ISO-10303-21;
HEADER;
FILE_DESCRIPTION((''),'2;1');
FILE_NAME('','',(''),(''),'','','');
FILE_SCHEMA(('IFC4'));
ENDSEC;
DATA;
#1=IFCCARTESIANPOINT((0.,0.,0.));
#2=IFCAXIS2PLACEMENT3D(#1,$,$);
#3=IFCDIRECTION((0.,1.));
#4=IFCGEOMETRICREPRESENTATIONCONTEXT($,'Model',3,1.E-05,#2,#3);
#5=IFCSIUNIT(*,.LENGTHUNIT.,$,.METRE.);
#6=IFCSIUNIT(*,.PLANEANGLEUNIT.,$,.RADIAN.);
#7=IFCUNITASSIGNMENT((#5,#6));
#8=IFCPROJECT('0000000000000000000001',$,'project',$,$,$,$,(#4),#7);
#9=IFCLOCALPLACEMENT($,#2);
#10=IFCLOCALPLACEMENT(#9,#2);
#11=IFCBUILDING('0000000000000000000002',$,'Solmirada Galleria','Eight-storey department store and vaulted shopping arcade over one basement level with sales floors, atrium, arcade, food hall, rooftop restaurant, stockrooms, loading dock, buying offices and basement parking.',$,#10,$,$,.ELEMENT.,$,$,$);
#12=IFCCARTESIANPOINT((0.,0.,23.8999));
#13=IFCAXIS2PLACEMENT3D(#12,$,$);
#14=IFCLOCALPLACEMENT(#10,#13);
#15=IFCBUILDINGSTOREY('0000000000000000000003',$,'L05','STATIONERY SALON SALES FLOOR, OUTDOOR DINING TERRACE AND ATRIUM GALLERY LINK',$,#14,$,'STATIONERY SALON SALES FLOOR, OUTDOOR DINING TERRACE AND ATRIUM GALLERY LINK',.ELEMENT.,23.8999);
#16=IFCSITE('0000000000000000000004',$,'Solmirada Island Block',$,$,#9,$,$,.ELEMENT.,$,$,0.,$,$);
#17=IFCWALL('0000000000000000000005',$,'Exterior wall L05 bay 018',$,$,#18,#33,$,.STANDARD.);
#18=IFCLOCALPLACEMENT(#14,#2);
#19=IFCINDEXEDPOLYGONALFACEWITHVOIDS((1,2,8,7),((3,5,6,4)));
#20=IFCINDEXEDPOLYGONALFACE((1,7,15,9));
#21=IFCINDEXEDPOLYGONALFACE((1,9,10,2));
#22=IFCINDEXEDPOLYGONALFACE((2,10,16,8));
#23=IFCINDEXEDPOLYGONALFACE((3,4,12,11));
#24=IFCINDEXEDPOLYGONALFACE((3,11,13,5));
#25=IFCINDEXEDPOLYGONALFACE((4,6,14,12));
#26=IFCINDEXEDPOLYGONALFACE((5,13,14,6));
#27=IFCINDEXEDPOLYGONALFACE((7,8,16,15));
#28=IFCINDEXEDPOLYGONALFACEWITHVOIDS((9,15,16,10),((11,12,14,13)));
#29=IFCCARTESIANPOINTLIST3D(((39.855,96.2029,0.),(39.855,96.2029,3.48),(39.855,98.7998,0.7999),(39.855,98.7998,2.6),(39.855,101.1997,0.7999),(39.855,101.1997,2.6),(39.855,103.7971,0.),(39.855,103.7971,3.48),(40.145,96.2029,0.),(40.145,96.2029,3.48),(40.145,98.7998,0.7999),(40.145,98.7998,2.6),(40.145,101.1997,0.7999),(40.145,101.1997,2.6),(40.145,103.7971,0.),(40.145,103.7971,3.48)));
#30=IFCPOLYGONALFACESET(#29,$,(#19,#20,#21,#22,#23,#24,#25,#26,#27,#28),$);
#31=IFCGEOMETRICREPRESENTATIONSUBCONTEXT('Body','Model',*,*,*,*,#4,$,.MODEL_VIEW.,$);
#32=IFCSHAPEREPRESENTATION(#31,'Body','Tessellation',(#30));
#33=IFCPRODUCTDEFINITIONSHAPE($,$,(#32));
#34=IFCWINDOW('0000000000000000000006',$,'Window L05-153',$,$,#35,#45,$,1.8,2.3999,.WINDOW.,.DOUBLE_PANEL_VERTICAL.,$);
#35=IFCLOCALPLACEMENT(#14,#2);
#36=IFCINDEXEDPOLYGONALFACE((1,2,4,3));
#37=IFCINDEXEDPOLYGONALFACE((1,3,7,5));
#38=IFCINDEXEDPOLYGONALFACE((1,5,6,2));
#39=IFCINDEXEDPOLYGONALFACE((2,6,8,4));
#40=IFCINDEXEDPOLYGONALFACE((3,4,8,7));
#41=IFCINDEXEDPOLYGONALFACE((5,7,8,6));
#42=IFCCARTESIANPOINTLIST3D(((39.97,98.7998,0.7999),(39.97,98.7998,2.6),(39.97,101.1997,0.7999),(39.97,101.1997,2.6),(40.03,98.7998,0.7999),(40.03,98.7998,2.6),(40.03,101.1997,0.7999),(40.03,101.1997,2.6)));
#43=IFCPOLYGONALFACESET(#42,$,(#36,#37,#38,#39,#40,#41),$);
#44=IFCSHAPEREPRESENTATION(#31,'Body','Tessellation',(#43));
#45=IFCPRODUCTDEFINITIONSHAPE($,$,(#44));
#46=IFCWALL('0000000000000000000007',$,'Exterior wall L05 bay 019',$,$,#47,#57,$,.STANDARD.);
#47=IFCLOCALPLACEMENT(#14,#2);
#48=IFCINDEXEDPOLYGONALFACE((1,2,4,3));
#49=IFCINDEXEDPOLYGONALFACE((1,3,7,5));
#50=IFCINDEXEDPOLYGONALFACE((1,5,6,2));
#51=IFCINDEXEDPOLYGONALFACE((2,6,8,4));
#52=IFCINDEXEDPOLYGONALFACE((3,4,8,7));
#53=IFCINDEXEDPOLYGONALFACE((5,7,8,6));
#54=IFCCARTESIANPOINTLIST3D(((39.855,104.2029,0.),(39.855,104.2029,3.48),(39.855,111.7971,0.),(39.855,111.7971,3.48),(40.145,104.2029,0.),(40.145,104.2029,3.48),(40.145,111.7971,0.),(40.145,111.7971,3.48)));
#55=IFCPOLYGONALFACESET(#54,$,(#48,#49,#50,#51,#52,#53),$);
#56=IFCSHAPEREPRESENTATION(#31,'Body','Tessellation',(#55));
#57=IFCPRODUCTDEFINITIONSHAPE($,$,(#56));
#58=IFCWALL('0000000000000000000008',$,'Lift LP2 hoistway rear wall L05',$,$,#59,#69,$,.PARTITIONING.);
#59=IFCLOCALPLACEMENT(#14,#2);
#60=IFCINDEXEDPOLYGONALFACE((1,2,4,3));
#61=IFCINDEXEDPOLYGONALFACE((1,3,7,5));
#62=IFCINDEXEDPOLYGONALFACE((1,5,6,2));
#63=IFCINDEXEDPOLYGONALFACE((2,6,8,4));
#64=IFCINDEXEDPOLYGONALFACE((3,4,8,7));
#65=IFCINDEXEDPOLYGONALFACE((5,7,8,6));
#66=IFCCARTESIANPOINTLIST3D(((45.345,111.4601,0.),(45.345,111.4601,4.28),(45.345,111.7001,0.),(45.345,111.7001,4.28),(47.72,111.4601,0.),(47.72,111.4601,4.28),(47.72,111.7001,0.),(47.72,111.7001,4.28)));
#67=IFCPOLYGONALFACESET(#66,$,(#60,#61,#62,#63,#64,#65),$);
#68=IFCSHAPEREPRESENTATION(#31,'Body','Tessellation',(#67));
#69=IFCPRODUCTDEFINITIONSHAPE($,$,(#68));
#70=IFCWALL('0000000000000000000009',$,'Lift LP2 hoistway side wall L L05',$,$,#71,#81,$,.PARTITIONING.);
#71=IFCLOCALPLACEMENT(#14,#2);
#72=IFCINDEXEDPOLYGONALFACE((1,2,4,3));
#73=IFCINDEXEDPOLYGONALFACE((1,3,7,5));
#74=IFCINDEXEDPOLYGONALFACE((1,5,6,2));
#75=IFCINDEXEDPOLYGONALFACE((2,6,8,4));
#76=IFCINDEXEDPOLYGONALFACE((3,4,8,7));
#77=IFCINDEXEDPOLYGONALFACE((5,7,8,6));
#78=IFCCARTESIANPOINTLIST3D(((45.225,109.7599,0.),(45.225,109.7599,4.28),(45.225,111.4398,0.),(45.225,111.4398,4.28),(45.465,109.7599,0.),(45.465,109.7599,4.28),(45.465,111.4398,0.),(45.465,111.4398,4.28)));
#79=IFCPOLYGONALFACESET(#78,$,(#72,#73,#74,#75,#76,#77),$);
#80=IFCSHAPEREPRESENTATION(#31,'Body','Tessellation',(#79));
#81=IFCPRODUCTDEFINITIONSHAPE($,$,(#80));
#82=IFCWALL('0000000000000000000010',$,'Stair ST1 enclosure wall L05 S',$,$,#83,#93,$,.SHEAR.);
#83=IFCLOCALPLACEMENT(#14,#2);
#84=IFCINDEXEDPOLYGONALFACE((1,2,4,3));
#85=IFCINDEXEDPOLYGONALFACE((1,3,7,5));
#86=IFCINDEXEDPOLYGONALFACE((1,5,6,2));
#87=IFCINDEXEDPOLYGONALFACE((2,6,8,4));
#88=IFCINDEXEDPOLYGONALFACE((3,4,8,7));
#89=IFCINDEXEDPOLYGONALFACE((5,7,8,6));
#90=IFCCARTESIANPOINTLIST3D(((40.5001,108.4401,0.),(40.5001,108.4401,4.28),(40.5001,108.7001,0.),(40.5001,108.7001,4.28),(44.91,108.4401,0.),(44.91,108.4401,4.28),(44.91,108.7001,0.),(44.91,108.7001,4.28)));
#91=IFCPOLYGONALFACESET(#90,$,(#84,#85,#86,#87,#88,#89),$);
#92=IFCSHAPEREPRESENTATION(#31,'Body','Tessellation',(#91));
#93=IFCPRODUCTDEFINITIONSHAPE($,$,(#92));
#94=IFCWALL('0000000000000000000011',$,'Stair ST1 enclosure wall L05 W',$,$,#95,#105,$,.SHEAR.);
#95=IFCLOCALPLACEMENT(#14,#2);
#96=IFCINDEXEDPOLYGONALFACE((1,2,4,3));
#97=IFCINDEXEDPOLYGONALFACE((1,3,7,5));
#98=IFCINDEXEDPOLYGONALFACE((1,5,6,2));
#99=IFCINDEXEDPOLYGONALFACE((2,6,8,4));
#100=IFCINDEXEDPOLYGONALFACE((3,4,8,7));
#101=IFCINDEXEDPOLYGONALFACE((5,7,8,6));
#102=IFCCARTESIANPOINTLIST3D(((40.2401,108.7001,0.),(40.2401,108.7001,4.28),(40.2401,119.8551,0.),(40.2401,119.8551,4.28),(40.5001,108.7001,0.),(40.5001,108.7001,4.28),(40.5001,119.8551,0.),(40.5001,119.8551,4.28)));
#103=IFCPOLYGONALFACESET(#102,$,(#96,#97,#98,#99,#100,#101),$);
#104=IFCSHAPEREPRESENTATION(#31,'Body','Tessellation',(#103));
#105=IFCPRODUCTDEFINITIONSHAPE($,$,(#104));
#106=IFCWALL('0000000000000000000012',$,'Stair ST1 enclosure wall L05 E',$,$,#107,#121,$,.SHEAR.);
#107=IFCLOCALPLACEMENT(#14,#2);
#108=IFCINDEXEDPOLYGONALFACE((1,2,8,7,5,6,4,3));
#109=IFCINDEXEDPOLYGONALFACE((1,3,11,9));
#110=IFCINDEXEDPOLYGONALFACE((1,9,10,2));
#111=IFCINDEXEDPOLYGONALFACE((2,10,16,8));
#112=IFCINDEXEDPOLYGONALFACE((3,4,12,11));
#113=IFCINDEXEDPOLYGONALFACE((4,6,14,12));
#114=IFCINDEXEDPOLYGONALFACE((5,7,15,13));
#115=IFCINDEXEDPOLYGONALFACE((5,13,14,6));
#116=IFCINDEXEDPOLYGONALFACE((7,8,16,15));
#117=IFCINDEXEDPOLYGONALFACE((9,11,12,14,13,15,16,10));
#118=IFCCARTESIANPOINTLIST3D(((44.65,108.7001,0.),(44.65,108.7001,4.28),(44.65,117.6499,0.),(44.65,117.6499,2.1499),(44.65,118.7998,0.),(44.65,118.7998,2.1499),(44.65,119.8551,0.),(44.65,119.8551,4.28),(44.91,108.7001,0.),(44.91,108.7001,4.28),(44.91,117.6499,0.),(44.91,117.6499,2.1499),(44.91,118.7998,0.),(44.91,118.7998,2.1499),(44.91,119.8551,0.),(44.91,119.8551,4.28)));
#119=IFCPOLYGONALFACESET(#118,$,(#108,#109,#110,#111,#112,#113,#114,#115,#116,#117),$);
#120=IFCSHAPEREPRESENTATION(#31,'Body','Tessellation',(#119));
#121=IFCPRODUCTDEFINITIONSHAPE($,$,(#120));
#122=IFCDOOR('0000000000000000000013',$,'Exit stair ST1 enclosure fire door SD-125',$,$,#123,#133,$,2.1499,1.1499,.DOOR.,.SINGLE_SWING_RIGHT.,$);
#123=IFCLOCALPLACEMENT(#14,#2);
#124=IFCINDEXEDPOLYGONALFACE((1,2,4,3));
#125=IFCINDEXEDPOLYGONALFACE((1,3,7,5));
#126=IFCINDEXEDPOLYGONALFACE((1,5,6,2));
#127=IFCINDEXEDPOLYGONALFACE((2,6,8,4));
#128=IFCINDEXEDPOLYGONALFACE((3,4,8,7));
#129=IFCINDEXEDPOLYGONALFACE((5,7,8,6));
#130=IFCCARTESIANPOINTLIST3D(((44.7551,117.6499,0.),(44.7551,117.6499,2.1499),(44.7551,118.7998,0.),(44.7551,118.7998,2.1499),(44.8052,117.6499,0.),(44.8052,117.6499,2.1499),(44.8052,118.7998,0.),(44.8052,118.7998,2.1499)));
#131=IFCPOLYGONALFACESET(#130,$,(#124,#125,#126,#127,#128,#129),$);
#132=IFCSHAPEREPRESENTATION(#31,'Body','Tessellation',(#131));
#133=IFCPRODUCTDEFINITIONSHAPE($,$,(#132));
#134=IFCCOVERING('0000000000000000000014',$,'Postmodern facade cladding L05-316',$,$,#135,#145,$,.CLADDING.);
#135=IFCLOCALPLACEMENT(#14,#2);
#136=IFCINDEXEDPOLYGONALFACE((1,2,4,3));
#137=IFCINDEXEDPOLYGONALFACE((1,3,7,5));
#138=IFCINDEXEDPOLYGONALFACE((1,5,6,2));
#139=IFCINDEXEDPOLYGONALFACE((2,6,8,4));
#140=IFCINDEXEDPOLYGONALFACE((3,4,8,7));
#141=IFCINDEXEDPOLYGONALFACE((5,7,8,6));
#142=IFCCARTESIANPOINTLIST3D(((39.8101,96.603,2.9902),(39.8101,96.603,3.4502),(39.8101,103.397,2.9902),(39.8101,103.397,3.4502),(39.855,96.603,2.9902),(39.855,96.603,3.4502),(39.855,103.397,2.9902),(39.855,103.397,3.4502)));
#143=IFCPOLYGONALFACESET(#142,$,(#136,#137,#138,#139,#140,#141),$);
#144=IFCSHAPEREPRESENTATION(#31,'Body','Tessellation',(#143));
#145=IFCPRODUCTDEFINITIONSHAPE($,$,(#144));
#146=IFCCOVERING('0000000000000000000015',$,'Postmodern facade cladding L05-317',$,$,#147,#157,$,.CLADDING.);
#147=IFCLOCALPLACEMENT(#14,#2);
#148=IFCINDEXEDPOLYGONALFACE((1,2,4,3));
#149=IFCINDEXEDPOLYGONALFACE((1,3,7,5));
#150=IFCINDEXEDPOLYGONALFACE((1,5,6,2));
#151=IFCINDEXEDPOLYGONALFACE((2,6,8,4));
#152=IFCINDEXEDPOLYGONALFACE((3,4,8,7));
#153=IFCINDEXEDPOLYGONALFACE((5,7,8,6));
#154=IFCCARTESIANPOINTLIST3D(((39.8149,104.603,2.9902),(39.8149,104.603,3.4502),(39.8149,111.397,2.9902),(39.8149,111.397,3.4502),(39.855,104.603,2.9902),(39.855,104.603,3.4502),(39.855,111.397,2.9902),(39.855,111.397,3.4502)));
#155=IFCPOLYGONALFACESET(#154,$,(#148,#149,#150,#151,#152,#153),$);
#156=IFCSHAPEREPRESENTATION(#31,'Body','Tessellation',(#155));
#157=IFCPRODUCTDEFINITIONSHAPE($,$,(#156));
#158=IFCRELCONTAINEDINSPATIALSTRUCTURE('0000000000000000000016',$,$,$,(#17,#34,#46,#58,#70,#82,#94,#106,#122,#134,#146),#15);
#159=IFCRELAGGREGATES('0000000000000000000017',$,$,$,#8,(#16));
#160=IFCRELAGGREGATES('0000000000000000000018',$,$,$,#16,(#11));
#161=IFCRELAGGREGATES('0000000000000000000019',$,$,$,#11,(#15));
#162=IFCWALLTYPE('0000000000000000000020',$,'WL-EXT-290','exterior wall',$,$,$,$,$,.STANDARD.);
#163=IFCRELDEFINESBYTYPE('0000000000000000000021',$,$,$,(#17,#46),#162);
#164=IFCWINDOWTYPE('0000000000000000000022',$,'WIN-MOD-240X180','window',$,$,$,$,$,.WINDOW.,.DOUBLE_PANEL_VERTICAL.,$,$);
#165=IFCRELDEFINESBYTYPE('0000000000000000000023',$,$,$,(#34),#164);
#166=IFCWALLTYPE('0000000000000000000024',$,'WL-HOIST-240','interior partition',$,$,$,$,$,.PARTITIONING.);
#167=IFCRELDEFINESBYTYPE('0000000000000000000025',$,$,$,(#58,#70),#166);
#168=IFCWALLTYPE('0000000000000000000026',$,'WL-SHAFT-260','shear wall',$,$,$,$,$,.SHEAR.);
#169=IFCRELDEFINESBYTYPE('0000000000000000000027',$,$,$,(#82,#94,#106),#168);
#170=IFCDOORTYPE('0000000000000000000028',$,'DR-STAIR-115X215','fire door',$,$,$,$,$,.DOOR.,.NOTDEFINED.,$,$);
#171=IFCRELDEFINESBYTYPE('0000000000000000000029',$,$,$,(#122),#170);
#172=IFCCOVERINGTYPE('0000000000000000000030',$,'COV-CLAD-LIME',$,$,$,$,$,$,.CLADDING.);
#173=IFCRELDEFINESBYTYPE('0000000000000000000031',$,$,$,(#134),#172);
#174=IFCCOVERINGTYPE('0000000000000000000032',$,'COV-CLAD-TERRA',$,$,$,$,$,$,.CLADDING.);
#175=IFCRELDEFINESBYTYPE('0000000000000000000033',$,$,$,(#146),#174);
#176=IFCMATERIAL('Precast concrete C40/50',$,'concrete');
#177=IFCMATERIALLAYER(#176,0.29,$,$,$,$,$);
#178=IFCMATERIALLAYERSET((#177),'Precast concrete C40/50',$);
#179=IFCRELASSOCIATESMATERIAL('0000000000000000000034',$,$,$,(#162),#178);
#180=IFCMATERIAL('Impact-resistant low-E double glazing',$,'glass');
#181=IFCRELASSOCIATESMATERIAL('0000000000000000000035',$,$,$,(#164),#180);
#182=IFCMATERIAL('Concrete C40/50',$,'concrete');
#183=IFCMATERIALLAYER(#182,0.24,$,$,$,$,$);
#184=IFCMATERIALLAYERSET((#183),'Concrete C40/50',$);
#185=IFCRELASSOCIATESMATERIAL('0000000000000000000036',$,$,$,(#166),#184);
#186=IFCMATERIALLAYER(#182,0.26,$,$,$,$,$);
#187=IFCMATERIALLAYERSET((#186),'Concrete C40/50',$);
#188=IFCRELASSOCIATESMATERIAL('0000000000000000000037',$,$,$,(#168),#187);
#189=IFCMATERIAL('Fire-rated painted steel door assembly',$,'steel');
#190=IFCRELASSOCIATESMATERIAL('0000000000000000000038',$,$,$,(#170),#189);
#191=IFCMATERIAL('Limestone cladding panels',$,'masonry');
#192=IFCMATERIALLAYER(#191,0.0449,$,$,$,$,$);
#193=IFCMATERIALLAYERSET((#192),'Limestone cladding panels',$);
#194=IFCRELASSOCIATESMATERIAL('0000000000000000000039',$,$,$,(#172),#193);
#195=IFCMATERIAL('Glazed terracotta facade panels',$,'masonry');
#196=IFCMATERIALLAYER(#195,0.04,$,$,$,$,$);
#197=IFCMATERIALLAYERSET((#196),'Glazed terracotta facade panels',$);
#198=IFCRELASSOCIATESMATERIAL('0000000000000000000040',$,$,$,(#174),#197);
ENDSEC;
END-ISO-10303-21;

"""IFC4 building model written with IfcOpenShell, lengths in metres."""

from ifc_helpers import new_model, si_unit, direction, frame, frame_2d, origin, origin_2d, place, context, subcontext, project, spatial, rectangle, extrude, material, layer, layer_set, type_object, element, fill, save


model = new_model("IFC4")

# Units and contexts
model_context = context("Model", 3, precision=1e-05, world=origin(), true_north=direction((0.0, 1.0)))
body_context = subcontext(model_context, "Body", "Model", "MODEL_VIEW")
ifc_project = project(units=[si_unit("LENGTHUNIT", "METRE"), si_unit("PLANEANGLEUNIT", "RADIAN")], contexts=[model_context])

# Site, building, storey
site_placement = place(None, origin())
site = spatial("IfcSite", under=ifc_project, at=site_placement, Name="Solmirada Island Block", CompositionType="ELEMENT", RefElevation=0.0)
building_placement = place(site_placement, origin())
building = spatial("IfcBuilding", under=site, at=building_placement, Name="Solmirada Galleria", Description="Eight-storey department store and vaulted shopping arcade over one basement level with sales floors, atrium, arcade, food hall, rooftop restaurant, stockrooms, loading dock, buying offices and basement parking.", CompositionType="ELEMENT")
storey_placement = place(building_placement, frame((0.0, 0.0, 23.8999)))
storey = spatial("IfcBuildingStorey", under=building, at=storey_placement, Name="L05", Description="STATIONERY SALON SALES FLOOR, OUTDOOR DINING TERRACE AND ATRIUM GALLERY LINK", LongName="STATIONERY SALON SALES FLOOR, OUTDOOR DINING TERRACE AND ATRIUM GALLERY LINK", CompositionType="ELEMENT", Elevation=23.8999)

# Shared definitions
ifc_material_1 = material(Name="Concrete C40/50", Category="concrete")

# Shared definitions
ifc_material_2 = material(Name="Fire-rated painted steel door assembly", Category="steel")

# Wall, opening, window
ifc_material_3 = material(Name="Precast concrete C40/50", Category="concrete")
ifc_layer_1 = layer(ifc_material_3, 0.29)
ifc_layer_set_1 = layer_set([ifc_layer_1], Name="Precast concrete C40/50")
wall_type_1 = type_object("IfcWallType", Name="WL-EXT-290", Description="exterior wall", PredefinedType="STANDARD", material=ifc_layer_set_1)
wall_1_placement = place(storey_placement, frame((40.0, 96.2029, 0.0), z_axis=(0.0, 0.0, 1.0), x_axis=(0.0, 1.0, 0.0)))
wall_1 = element("IfcWall", 1, at=wall_1_placement, inside=storey, type_object=wall_type_1, Name="Exterior wall L05 bay 018", PredefinedType="STANDARD", context=body_context, shape_type="SweptSolid", body=[
    extrude(rectangle(XDim=7.5942, YDim=0.29, at=frame_2d((3.7971, 0.0))), origin(), (0.0, 0.0, 1.0), 3.48),
])
opening_1_placement = place(wall_1_placement, frame((2.5969, 0.0, 0.8)))
opening_1 = element("IfcOpeningElement", 2, at=opening_1_placement, cuts=wall_1, PredefinedType="OPENING", context=body_context, shape_type="SweptSolid", body=[
    extrude(rectangle(XDim=2.3999, YDim=1.8, at=frame_2d((1.2, 0.8999))), frame((0.0, 0.155, 0.0), z_axis=(0.0, -1.0, 0.0), x_axis=(1.0, 0.0, 0.0)), (0.0, 0.0, 1.0), 0.3101),
])
ifc_material_4 = material(Name="Impact-resistant low-E double glazing", Category="glass")
window_type = type_object("IfcWindowType", Name="WIN-MOD-240X180", Description="window", PartitioningType="DOUBLE_PANEL_VERTICAL", PredefinedType="WINDOW", material=ifc_material_4)
window_placement = place(opening_1_placement, origin())
window = element("IfcWindow", 3, at=window_placement, inside=storey, type_object=window_type, Name="Window L05-153", OverallHeight=1.8, OverallWidth=2.3999, PartitioningType="DOUBLE_PANEL_VERTICAL", PredefinedType="WINDOW", context=body_context, shape_type="SweptSolid", body=[
    extrude(rectangle(XDim=2.3999, YDim=1.8, at=frame_2d((1.2, 0.8999))), frame((0.0, 0.03, 0.0), z_axis=(0.0, -1.0, 0.0), x_axis=(1.0, 0.0, 0.0)), (0.0, 0.0, 1.0), 0.0601),
])
fill(opening_1, window)

# Wall
wall_2_placement = place(storey_placement, frame((40.0, 104.2029, 0.0), z_axis=(0.0, 0.0, 1.0), x_axis=(0.0, 1.0, 0.0)))
element("IfcWall", 4, at=wall_2_placement, inside=storey, type_object=wall_type_1, Name="Exterior wall L05 bay 019", PredefinedType="STANDARD", context=body_context, shape_type="SweptSolid", body=[
    extrude(rectangle(XDim=7.5942, YDim=0.29, at=frame_2d((3.7971, 0.0))), origin(), (0.0, 0.0, 1.0), 3.48),
])

# Shared definitions
ifc_layer_2 = layer(ifc_material_1, 0.24)
ifc_layer_set_2 = layer_set([ifc_layer_2], Name="Concrete C40/50")
wall_type_2 = type_object("IfcWallType", Name="WL-HOIST-240", Description="interior partition", PredefinedType="PARTITIONING", material=ifc_layer_set_2)

# Walls
wall_3_placement = place(storey_placement, frame((45.345, 111.5801, 0.0), z_axis=(0.0, 0.0, 1.0), x_axis=(1.0, 0.0, 0.0)))
element("IfcWall", 5, at=wall_3_placement, inside=storey, type_object=wall_type_2, Name="Lift LP2 hoistway rear wall L05", PredefinedType="PARTITIONING", context=body_context, shape_type="SweptSolid", body=[
    extrude(rectangle(XDim=2.375, YDim=0.24, at=frame_2d((1.1875, 0.0))), origin(), (0.0, 0.0, 1.0), 4.28),
])
wall_4_placement = place(storey_placement, frame((45.345, 109.76, 0.0), z_axis=(0.0, 0.0, 1.0), x_axis=(0.0, 1.0, 0.0)))
element("IfcWall", 6, at=wall_4_placement, inside=storey, type_object=wall_type_2, Name="Lift LP2 hoistway side wall L L05", PredefinedType="PARTITIONING", context=body_context, shape_type="SweptSolid", body=[
    extrude(rectangle(XDim=1.6799, YDim=0.24, at=frame_2d((0.8398, 0.0))), origin(), (0.0, 0.0, 1.0), 4.28),
])
ifc_layer_3 = layer(ifc_material_1, 0.26)
ifc_layer_set_3 = layer_set([ifc_layer_3], Name="Concrete C40/50")
wall_type_3 = type_object("IfcWallType", Name="WL-SHAFT-260", Description="shear wall", PredefinedType="SHEAR", material=ifc_layer_set_3)
wall_5_placement = place(storey_placement, frame((40.5, 108.5701, 0.0), z_axis=(0.0, 0.0, 1.0), x_axis=(1.0, 0.0, 0.0)))
element("IfcWall", 7, at=wall_5_placement, inside=storey, type_object=wall_type_3, Name="Stair ST1 enclosure wall L05 S", PredefinedType="SHEAR", context=body_context, shape_type="SweptSolid", body=[
    extrude(rectangle(XDim=4.4099, YDim=0.26, at=frame_2d((2.2051, 0.0))), origin(), (0.0, 0.0, 1.0), 4.28),
])
wall_6_placement = place(storey_placement, frame((40.3701, 108.7, 0.0), z_axis=(0.0, 0.0, 1.0), x_axis=(0.0, 1.0, 0.0)))
element("IfcWall", 8, at=wall_6_placement, inside=storey, type_object=wall_type_3, Name="Stair ST1 enclosure wall L05 W", PredefinedType="SHEAR", context=body_context, shape_type="SweptSolid", body=[
    extrude(rectangle(XDim=11.155, YDim=0.26, at=frame_2d((5.5776, 0.0))), origin(), (0.0, 0.0, 1.0), 4.28),
])

# Wall, opening, door
wall_7_placement = place(storey_placement, frame((44.78, 108.7, 0.0), z_axis=(0.0, 0.0, 1.0), x_axis=(0.0, 1.0, 0.0)))
wall_7 = element("IfcWall", 9, at=wall_7_placement, inside=storey, type_object=wall_type_3, Name="Stair ST1 enclosure wall L05 E", PredefinedType="SHEAR", context=body_context, shape_type="SweptSolid", body=[
    extrude(rectangle(XDim=11.155, YDim=0.26, at=frame_2d((5.5776, 0.0))), origin(), (0.0, 0.0, 1.0), 4.28),
])
opening_2_placement = place(wall_7_placement, frame((8.95, 0.0, 0.0)))
opening_2 = element("IfcOpeningElement", 10, at=opening_2_placement, cuts=wall_7, PredefinedType="OPENING", context=body_context, shape_type="SweptSolid", body=[
    extrude(rectangle(XDim=1.1499, YDim=2.1499, at=frame_2d((0.575, 1.075))), frame((0.0, 0.1399, 0.0), z_axis=(0.0, -1.0, 0.0), x_axis=(1.0, 0.0, 0.0)), (0.0, 0.0, 1.0), 0.28),
])
door_type_1 = type_object("IfcDoorType", Name="DR-STAIR-115X215", Description="fire door", OperationType="NOTDEFINED", PredefinedType="DOOR", material=ifc_material_2)
door_1_placement = place(opening_2_placement, origin())
door_1 = element("IfcDoor", 11, at=door_1_placement, inside=storey, type_object=door_type_1, Name="Exit stair ST1 enclosure fire door SD-125", OperationType="SINGLE_SWING_RIGHT", OverallHeight=2.1499, OverallWidth=1.1499, PredefinedType="DOOR", context=body_context, shape_type="SweptSolid", body=[
    extrude(rectangle(XDim=1.1499, YDim=2.1499, at=frame_2d((0.575, 1.075))), frame((0.0, 0.0249, 0.0), z_axis=(0.0, -1.0, 0.0), x_axis=(1.0, 0.0, 0.0)), (0.0, 0.0, 1.0), 0.05),
])
fill(opening_2, door_1)

# Coverings
ifc_material_5 = material(Name="Limestone cladding panels", Category="masonry")
ifc_layer_4 = layer(ifc_material_5, 0.0449)
ifc_layer_set_4 = layer_set([ifc_layer_4], Name="Limestone cladding panels")
covering_type_1 = type_object("IfcCoveringType", Name="COV-CLAD-LIME", PredefinedType="CLADDING", material=ifc_layer_set_4)
covering_1_placement = place(storey_placement, frame((39.8325, 100.0, 2.9902), z_axis=(0.0, 0.0, 1.0), x_axis=(0.0, 1.0, 0.0)))
element("IfcCovering", 12, at=covering_1_placement, inside=storey, type_object=covering_type_1, Name="Postmodern facade cladding L05-316", PredefinedType="CLADDING", context=body_context, shape_type="SweptSolid", body=[
    extrude(rectangle(XDim=6.7939, YDim=0.0449, at=origin_2d()), origin(), (0.0, 0.0, 1.0), 0.46),
])
ifc_material_6 = material(Name="Glazed terracotta facade panels", Category="masonry")
ifc_layer_5 = layer(ifc_material_6, 0.04)
ifc_layer_set_5 = layer_set([ifc_layer_5], Name="Glazed terracotta facade panels")
covering_type_2 = type_object("IfcCoveringType", Name="COV-CLAD-TERRA", PredefinedType="CLADDING", material=ifc_layer_set_5)
covering_2_placement = place(storey_placement, frame((39.835, 108.0, 2.9902), z_axis=(0.0, 0.0, 1.0), x_axis=(0.0, 1.0, 0.0)))
element("IfcCovering", 13, at=covering_2_placement, inside=storey, type_object=covering_type_2, Name="Postmodern facade cladding L05-317", PredefinedType="CLADDING", context=body_context, shape_type="SweptSolid", body=[
    extrude(rectangle(XDim=6.7939, YDim=0.04, at=origin_2d()), origin(), (0.0, 0.0, 1.0), 0.46),
])

save(model, "model.ifc")
